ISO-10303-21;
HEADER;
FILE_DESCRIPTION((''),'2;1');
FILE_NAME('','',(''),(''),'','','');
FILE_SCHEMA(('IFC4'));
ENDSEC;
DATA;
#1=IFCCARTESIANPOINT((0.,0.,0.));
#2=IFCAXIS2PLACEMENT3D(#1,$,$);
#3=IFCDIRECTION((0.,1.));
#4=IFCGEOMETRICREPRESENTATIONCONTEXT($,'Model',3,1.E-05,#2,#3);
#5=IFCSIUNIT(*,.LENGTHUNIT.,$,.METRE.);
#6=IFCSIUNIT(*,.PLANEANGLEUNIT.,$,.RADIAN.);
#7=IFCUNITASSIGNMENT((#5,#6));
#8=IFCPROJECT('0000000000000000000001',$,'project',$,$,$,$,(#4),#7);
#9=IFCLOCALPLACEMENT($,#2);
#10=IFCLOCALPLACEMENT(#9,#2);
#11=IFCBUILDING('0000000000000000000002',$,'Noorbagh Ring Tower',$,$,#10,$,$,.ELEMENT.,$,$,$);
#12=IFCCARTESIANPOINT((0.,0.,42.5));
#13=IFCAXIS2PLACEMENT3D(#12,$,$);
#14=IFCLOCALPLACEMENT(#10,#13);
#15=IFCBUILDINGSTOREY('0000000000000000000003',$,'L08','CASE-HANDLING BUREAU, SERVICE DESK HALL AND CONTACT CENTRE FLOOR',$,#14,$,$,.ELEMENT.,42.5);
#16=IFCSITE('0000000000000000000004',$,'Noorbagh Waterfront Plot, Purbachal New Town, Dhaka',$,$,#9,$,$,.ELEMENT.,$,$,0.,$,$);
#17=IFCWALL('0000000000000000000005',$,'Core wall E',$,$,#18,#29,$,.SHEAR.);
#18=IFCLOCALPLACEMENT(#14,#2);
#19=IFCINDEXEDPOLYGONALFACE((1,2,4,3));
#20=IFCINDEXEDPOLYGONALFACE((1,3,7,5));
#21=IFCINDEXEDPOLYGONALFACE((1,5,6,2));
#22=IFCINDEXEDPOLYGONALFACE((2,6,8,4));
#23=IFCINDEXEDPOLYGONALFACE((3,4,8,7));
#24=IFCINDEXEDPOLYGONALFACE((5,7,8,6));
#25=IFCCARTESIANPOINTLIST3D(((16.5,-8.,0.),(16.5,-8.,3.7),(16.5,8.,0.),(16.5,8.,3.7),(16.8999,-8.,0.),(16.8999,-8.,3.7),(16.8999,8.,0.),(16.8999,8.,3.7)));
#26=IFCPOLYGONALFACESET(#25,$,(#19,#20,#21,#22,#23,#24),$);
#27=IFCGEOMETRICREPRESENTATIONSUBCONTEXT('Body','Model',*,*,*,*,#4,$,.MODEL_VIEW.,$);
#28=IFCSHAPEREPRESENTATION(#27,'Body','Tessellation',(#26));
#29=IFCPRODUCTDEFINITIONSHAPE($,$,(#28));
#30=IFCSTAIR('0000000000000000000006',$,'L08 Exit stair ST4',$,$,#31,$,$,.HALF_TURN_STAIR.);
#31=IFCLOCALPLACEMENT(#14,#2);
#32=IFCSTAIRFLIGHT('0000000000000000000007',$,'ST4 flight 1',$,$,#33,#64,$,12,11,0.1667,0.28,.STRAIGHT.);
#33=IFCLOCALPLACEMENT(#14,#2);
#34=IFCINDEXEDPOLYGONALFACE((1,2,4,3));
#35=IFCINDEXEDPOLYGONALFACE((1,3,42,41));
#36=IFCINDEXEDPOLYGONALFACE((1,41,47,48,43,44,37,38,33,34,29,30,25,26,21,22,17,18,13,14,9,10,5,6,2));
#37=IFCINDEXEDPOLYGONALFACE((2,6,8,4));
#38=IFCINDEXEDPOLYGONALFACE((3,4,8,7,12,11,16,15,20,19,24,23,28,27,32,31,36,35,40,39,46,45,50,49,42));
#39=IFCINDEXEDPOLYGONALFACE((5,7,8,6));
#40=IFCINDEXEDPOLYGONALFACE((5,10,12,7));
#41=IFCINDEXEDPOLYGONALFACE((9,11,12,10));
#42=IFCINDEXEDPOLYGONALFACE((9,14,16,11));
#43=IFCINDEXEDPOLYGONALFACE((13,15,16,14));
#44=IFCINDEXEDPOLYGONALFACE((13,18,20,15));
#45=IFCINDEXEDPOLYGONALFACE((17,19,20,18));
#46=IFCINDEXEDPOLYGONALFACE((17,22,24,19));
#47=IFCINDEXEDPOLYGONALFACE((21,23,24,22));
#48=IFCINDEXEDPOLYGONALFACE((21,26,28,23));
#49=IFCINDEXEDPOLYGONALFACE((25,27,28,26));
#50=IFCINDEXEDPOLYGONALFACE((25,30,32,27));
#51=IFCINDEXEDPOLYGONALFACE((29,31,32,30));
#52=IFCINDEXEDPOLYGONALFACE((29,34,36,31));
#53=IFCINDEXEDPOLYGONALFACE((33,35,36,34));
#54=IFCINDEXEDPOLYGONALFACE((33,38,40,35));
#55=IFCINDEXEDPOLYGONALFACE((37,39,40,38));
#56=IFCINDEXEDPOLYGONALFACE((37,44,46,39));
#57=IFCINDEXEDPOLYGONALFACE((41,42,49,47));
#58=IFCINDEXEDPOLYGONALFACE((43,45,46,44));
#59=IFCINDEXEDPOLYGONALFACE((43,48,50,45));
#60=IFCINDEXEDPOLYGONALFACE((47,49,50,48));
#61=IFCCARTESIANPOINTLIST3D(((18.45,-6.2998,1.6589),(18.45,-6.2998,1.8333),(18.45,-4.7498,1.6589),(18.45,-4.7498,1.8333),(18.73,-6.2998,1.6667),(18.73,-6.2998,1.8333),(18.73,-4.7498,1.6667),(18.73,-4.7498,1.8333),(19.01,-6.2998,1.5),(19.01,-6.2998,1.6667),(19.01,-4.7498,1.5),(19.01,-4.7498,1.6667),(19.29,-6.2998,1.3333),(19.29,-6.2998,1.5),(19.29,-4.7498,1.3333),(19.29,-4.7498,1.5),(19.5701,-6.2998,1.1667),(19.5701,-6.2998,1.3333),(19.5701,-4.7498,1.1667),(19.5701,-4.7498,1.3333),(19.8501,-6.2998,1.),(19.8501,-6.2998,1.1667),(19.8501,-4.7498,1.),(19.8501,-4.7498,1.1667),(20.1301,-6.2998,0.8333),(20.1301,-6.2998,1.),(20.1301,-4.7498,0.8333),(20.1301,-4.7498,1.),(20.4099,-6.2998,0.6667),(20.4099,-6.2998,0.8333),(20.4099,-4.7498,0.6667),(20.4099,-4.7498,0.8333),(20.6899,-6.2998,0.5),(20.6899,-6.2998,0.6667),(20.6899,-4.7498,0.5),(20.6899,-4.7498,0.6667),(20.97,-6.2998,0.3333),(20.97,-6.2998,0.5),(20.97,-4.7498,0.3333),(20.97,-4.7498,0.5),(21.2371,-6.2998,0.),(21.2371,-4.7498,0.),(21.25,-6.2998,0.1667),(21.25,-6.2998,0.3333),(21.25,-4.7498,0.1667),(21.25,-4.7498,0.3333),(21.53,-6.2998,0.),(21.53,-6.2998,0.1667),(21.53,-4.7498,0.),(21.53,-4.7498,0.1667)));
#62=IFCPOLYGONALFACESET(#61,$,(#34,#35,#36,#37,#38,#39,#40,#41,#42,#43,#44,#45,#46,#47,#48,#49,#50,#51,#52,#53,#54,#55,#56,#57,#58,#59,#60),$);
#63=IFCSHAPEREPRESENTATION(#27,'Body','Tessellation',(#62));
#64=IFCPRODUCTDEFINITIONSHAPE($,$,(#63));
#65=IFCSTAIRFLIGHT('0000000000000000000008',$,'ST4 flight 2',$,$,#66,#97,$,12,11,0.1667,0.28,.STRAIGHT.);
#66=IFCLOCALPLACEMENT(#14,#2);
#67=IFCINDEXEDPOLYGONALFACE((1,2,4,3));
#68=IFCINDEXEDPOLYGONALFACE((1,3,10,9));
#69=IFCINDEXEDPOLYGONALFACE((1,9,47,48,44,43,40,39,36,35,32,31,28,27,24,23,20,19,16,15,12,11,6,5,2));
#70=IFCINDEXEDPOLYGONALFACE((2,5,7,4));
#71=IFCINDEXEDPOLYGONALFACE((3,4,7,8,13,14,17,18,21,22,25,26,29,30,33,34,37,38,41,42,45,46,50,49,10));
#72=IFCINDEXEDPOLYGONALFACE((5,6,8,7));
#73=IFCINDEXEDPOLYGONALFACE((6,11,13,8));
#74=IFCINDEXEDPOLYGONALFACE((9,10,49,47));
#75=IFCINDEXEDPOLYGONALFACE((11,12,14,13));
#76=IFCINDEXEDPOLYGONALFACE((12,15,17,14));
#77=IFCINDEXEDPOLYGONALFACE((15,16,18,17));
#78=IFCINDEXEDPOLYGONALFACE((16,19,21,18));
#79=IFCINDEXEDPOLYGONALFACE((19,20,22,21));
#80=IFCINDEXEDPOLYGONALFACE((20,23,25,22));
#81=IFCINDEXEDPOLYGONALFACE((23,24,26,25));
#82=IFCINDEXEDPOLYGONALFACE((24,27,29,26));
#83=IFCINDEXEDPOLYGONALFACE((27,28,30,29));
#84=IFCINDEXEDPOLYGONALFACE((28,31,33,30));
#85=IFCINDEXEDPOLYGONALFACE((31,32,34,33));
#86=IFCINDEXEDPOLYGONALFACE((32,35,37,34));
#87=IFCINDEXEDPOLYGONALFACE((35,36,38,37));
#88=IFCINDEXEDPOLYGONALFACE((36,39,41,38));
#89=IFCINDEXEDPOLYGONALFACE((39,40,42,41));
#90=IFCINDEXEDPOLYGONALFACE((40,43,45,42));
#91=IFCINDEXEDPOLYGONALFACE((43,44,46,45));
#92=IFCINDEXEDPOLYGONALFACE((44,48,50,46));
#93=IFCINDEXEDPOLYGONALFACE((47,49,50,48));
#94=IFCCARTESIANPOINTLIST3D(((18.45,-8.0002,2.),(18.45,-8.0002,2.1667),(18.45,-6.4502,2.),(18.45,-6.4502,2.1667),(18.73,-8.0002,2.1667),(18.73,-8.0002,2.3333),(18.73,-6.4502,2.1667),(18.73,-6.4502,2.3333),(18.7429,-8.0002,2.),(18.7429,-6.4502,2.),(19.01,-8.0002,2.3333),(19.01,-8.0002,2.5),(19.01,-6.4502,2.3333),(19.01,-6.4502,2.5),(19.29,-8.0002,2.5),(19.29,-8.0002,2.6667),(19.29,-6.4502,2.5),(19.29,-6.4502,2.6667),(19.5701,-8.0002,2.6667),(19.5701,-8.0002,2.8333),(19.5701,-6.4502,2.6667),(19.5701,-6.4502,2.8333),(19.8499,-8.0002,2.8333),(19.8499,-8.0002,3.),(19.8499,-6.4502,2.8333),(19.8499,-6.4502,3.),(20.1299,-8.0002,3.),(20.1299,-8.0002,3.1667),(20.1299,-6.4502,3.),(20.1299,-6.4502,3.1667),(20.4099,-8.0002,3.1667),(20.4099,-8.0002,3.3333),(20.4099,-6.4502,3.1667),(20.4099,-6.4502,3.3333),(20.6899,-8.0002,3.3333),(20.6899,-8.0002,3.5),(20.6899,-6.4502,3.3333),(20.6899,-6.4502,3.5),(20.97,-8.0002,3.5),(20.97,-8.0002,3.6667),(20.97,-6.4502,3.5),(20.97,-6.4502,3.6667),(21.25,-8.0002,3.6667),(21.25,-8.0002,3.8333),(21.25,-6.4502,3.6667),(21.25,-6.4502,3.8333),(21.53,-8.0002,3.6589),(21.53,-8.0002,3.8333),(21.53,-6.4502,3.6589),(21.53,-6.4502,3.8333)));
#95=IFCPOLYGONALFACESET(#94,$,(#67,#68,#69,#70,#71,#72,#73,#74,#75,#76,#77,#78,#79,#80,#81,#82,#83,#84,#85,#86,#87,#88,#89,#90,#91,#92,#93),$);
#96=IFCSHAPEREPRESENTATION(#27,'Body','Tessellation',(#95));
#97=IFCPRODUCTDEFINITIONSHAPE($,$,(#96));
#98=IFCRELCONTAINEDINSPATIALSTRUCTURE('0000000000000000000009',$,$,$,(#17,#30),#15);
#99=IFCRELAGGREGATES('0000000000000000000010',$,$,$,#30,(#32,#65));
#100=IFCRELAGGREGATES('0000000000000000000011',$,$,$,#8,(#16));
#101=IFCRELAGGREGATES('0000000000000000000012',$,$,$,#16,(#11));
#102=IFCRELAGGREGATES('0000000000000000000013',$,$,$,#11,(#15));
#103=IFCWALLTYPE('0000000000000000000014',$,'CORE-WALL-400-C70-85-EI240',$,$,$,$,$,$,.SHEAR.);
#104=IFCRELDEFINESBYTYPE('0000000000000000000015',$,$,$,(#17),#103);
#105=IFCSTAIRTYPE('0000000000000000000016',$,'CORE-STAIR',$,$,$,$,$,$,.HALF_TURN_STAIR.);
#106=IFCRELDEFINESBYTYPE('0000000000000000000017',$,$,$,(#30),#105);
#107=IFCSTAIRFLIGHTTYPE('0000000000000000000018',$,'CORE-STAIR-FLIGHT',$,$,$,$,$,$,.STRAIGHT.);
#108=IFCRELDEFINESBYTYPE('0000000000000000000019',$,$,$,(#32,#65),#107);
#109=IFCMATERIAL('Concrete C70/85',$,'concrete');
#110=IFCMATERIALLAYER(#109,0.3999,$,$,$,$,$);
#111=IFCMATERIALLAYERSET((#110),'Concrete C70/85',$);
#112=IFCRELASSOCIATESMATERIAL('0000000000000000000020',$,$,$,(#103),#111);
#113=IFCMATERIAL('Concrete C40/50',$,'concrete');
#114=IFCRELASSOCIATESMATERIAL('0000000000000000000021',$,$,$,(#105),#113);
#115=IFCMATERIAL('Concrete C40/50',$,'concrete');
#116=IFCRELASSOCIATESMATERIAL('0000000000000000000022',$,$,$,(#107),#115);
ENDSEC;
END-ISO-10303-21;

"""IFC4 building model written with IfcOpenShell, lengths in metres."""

from ifc_helpers import new_model, si_unit, direction, frame, frame_2d, origin, place, context, subcontext, project, spatial, polyline, rectangle, outline, extrude, material, layer, layer_set, type_object, element, aggregate, save


model = new_model("IFC4")

# Units and contexts
model_context = context("Model", 3, precision=1e-05, world=origin(), true_north=direction((0.0, 1.0)))
body_context = subcontext(model_context, "Body", "Model", "MODEL_VIEW")
ifc_project = project(units=[si_unit("LENGTHUNIT", "METRE"), si_unit("PLANEANGLEUNIT", "RADIAN")], contexts=[model_context])

# Site, building, storey
site_placement = place(None, origin())
site = spatial("IfcSite", under=ifc_project, at=site_placement, Name="Noorbagh Waterfront Plot, Purbachal New Town, Dhaka", CompositionType="ELEMENT", RefElevation=0.0)
building_placement = place(site_placement, origin())
building = spatial("IfcBuilding", under=site, at=building_placement, Name="Noorbagh Ring Tower", CompositionType="ELEMENT")
storey_placement = place(building_placement, frame((0.0, 0.0, 42.5)))
storey = spatial("IfcBuildingStorey", under=building, at=storey_placement, Name="L08", Description="CASE-HANDLING BUREAU, SERVICE DESK HALL AND CONTACT CENTRE FLOOR", CompositionType="ELEMENT", Elevation=42.5)

# Wall
ifc_material_1 = material(Name="Concrete C70/85", Category="concrete")
ifc_layer_1 = layer(ifc_material_1, 0.3999)
ifc_layer_set_1 = layer_set([ifc_layer_1], Name="Concrete C70/85")
wall_type_1 = type_object("IfcWallType", Name="CORE-WALL-400-C70-85-EI240", PredefinedType="SHEAR", material=ifc_layer_set_1)
wall_1_placement = place(storey_placement, frame((16.7, -8.0, 0.0), z_axis=(0.0, 0.0, 1.0), x_axis=(0.0, 1.0, 0.0)))
element("IfcWall", 1, at=wall_1_placement, inside=storey, type_object=wall_type_1, Name="Core wall E", PredefinedType="SHEAR", context=body_context, shape_type="SweptSolid", body=[
    extrude(rectangle(XDim=16.0, YDim=0.3999, at=frame_2d((8.0, 0.0))), origin(), (0.0, 0.0, 1.0), 3.7),
])

# Stair, stair flights
ifc_material_2 = material(Name="Concrete C40/50", Category="concrete")
stair_type = type_object("IfcStairType", Name="CORE-STAIR", PredefinedType="HALF_TURN_STAIR", material=ifc_material_2)
stair_placement = place(storey_placement, origin())
stair = element("IfcStair", 2, at=stair_placement, inside=storey, type_object=stair_type, Name="L08 Exit stair ST4", PredefinedType="HALF_TURN_STAIR")
ifc_material_3 = material(Name="Concrete C40/50", Category="concrete")
stair_flight_type = type_object("IfcStairFlightType", Name="CORE-STAIR-FLIGHT", PredefinedType="STRAIGHT", material=ifc_material_3)
stair_flight_1_placement = place(storey_placement, frame((21.53, -5.5249, 0.0), z_axis=(0.0, 0.0, 1.0), x_axis=(-1.0, 0.0, 0.0)))
stair_flight_1 = element("IfcStairFlight", 3, at=stair_flight_1_placement, type_object=stair_flight_type, Name="ST4 flight 1", NumberOfRisers=12, NumberOfTreads=11, PredefinedType="STRAIGHT", RiserHeight=0.1667, TreadLength=0.28, context=body_context, shape_type="SweptSolid", body=[
    extrude(outline(polyline([(0.0, 0.0), (0.0, 0.1667), (0.28, 0.1667), (0.28, 0.3333), (0.5601, 0.3333), (0.5601, 0.5), (0.8401, 0.5), (0.8401, 0.6667), (1.1201, 0.6667), (1.1201, 0.8333), (1.3999, 0.8333), (1.3999, 1.0), (1.6799, 1.0), (1.6799, 1.1667), (1.96, 1.1667), (1.96, 1.3333), (2.24, 1.3333), (2.24, 1.5), (2.52, 1.5), (2.52, 1.6667), (2.8, 1.6667), (2.8, 1.8333), (3.0801, 1.8333), (3.0801, 2.0), (3.0801, 1.6589), (0.293, 0.0), (0.0, 0.0)])), frame((0.0, 0.7749, 0.0), z_axis=(0.0, -1.0, 0.0), x_axis=(1.0, 0.0, 0.0)), (0.0, 0.0, 1.0), 1.55),
])
stair_flight_2_placement = place(storey_placement, frame((18.45, -7.2251, 2.0), z_axis=(0.0, 0.0, 1.0), x_axis=(1.0, 0.0, 0.0)))
stair_flight_2 = element("IfcStairFlight", 4, at=stair_flight_2_placement, type_object=stair_flight_type, Name="ST4 flight 2", NumberOfRisers=12, NumberOfTreads=11, PredefinedType="STRAIGHT", RiserHeight=0.1667, TreadLength=0.28, context=body_context, shape_type="SweptSolid", body=[
    extrude(outline(polyline([(0.0, 0.0), (0.0, 0.1667), (0.28, 0.1667), (0.28, 0.3333), (0.5601, 0.3333), (0.5601, 0.5), (0.8401, 0.5), (0.8401, 0.6667), (1.1201, 0.6667), (1.1201, 0.8333), (1.3999, 0.8333), (1.3999, 1.0), (1.6799, 1.0), (1.6799, 1.1667), (1.96, 1.1667), (1.96, 1.3333), (2.24, 1.3333), (2.24, 1.5), (2.52, 1.5), (2.52, 1.6667), (2.8, 1.6667), (2.8, 1.8333), (3.0801, 1.8333), (3.0801, 2.0), (3.0801, 1.6589), (0.293, 0.0), (0.0, 0.0)])), frame((0.0, 0.7749, 0.0), z_axis=(0.0, -1.0, 0.0), x_axis=(1.0, 0.0, 0.0)), (0.0, 0.0, 1.0), 1.55),
])
aggregate(stair, [stair_flight_1, stair_flight_2])

save(model, "model.ifc")
